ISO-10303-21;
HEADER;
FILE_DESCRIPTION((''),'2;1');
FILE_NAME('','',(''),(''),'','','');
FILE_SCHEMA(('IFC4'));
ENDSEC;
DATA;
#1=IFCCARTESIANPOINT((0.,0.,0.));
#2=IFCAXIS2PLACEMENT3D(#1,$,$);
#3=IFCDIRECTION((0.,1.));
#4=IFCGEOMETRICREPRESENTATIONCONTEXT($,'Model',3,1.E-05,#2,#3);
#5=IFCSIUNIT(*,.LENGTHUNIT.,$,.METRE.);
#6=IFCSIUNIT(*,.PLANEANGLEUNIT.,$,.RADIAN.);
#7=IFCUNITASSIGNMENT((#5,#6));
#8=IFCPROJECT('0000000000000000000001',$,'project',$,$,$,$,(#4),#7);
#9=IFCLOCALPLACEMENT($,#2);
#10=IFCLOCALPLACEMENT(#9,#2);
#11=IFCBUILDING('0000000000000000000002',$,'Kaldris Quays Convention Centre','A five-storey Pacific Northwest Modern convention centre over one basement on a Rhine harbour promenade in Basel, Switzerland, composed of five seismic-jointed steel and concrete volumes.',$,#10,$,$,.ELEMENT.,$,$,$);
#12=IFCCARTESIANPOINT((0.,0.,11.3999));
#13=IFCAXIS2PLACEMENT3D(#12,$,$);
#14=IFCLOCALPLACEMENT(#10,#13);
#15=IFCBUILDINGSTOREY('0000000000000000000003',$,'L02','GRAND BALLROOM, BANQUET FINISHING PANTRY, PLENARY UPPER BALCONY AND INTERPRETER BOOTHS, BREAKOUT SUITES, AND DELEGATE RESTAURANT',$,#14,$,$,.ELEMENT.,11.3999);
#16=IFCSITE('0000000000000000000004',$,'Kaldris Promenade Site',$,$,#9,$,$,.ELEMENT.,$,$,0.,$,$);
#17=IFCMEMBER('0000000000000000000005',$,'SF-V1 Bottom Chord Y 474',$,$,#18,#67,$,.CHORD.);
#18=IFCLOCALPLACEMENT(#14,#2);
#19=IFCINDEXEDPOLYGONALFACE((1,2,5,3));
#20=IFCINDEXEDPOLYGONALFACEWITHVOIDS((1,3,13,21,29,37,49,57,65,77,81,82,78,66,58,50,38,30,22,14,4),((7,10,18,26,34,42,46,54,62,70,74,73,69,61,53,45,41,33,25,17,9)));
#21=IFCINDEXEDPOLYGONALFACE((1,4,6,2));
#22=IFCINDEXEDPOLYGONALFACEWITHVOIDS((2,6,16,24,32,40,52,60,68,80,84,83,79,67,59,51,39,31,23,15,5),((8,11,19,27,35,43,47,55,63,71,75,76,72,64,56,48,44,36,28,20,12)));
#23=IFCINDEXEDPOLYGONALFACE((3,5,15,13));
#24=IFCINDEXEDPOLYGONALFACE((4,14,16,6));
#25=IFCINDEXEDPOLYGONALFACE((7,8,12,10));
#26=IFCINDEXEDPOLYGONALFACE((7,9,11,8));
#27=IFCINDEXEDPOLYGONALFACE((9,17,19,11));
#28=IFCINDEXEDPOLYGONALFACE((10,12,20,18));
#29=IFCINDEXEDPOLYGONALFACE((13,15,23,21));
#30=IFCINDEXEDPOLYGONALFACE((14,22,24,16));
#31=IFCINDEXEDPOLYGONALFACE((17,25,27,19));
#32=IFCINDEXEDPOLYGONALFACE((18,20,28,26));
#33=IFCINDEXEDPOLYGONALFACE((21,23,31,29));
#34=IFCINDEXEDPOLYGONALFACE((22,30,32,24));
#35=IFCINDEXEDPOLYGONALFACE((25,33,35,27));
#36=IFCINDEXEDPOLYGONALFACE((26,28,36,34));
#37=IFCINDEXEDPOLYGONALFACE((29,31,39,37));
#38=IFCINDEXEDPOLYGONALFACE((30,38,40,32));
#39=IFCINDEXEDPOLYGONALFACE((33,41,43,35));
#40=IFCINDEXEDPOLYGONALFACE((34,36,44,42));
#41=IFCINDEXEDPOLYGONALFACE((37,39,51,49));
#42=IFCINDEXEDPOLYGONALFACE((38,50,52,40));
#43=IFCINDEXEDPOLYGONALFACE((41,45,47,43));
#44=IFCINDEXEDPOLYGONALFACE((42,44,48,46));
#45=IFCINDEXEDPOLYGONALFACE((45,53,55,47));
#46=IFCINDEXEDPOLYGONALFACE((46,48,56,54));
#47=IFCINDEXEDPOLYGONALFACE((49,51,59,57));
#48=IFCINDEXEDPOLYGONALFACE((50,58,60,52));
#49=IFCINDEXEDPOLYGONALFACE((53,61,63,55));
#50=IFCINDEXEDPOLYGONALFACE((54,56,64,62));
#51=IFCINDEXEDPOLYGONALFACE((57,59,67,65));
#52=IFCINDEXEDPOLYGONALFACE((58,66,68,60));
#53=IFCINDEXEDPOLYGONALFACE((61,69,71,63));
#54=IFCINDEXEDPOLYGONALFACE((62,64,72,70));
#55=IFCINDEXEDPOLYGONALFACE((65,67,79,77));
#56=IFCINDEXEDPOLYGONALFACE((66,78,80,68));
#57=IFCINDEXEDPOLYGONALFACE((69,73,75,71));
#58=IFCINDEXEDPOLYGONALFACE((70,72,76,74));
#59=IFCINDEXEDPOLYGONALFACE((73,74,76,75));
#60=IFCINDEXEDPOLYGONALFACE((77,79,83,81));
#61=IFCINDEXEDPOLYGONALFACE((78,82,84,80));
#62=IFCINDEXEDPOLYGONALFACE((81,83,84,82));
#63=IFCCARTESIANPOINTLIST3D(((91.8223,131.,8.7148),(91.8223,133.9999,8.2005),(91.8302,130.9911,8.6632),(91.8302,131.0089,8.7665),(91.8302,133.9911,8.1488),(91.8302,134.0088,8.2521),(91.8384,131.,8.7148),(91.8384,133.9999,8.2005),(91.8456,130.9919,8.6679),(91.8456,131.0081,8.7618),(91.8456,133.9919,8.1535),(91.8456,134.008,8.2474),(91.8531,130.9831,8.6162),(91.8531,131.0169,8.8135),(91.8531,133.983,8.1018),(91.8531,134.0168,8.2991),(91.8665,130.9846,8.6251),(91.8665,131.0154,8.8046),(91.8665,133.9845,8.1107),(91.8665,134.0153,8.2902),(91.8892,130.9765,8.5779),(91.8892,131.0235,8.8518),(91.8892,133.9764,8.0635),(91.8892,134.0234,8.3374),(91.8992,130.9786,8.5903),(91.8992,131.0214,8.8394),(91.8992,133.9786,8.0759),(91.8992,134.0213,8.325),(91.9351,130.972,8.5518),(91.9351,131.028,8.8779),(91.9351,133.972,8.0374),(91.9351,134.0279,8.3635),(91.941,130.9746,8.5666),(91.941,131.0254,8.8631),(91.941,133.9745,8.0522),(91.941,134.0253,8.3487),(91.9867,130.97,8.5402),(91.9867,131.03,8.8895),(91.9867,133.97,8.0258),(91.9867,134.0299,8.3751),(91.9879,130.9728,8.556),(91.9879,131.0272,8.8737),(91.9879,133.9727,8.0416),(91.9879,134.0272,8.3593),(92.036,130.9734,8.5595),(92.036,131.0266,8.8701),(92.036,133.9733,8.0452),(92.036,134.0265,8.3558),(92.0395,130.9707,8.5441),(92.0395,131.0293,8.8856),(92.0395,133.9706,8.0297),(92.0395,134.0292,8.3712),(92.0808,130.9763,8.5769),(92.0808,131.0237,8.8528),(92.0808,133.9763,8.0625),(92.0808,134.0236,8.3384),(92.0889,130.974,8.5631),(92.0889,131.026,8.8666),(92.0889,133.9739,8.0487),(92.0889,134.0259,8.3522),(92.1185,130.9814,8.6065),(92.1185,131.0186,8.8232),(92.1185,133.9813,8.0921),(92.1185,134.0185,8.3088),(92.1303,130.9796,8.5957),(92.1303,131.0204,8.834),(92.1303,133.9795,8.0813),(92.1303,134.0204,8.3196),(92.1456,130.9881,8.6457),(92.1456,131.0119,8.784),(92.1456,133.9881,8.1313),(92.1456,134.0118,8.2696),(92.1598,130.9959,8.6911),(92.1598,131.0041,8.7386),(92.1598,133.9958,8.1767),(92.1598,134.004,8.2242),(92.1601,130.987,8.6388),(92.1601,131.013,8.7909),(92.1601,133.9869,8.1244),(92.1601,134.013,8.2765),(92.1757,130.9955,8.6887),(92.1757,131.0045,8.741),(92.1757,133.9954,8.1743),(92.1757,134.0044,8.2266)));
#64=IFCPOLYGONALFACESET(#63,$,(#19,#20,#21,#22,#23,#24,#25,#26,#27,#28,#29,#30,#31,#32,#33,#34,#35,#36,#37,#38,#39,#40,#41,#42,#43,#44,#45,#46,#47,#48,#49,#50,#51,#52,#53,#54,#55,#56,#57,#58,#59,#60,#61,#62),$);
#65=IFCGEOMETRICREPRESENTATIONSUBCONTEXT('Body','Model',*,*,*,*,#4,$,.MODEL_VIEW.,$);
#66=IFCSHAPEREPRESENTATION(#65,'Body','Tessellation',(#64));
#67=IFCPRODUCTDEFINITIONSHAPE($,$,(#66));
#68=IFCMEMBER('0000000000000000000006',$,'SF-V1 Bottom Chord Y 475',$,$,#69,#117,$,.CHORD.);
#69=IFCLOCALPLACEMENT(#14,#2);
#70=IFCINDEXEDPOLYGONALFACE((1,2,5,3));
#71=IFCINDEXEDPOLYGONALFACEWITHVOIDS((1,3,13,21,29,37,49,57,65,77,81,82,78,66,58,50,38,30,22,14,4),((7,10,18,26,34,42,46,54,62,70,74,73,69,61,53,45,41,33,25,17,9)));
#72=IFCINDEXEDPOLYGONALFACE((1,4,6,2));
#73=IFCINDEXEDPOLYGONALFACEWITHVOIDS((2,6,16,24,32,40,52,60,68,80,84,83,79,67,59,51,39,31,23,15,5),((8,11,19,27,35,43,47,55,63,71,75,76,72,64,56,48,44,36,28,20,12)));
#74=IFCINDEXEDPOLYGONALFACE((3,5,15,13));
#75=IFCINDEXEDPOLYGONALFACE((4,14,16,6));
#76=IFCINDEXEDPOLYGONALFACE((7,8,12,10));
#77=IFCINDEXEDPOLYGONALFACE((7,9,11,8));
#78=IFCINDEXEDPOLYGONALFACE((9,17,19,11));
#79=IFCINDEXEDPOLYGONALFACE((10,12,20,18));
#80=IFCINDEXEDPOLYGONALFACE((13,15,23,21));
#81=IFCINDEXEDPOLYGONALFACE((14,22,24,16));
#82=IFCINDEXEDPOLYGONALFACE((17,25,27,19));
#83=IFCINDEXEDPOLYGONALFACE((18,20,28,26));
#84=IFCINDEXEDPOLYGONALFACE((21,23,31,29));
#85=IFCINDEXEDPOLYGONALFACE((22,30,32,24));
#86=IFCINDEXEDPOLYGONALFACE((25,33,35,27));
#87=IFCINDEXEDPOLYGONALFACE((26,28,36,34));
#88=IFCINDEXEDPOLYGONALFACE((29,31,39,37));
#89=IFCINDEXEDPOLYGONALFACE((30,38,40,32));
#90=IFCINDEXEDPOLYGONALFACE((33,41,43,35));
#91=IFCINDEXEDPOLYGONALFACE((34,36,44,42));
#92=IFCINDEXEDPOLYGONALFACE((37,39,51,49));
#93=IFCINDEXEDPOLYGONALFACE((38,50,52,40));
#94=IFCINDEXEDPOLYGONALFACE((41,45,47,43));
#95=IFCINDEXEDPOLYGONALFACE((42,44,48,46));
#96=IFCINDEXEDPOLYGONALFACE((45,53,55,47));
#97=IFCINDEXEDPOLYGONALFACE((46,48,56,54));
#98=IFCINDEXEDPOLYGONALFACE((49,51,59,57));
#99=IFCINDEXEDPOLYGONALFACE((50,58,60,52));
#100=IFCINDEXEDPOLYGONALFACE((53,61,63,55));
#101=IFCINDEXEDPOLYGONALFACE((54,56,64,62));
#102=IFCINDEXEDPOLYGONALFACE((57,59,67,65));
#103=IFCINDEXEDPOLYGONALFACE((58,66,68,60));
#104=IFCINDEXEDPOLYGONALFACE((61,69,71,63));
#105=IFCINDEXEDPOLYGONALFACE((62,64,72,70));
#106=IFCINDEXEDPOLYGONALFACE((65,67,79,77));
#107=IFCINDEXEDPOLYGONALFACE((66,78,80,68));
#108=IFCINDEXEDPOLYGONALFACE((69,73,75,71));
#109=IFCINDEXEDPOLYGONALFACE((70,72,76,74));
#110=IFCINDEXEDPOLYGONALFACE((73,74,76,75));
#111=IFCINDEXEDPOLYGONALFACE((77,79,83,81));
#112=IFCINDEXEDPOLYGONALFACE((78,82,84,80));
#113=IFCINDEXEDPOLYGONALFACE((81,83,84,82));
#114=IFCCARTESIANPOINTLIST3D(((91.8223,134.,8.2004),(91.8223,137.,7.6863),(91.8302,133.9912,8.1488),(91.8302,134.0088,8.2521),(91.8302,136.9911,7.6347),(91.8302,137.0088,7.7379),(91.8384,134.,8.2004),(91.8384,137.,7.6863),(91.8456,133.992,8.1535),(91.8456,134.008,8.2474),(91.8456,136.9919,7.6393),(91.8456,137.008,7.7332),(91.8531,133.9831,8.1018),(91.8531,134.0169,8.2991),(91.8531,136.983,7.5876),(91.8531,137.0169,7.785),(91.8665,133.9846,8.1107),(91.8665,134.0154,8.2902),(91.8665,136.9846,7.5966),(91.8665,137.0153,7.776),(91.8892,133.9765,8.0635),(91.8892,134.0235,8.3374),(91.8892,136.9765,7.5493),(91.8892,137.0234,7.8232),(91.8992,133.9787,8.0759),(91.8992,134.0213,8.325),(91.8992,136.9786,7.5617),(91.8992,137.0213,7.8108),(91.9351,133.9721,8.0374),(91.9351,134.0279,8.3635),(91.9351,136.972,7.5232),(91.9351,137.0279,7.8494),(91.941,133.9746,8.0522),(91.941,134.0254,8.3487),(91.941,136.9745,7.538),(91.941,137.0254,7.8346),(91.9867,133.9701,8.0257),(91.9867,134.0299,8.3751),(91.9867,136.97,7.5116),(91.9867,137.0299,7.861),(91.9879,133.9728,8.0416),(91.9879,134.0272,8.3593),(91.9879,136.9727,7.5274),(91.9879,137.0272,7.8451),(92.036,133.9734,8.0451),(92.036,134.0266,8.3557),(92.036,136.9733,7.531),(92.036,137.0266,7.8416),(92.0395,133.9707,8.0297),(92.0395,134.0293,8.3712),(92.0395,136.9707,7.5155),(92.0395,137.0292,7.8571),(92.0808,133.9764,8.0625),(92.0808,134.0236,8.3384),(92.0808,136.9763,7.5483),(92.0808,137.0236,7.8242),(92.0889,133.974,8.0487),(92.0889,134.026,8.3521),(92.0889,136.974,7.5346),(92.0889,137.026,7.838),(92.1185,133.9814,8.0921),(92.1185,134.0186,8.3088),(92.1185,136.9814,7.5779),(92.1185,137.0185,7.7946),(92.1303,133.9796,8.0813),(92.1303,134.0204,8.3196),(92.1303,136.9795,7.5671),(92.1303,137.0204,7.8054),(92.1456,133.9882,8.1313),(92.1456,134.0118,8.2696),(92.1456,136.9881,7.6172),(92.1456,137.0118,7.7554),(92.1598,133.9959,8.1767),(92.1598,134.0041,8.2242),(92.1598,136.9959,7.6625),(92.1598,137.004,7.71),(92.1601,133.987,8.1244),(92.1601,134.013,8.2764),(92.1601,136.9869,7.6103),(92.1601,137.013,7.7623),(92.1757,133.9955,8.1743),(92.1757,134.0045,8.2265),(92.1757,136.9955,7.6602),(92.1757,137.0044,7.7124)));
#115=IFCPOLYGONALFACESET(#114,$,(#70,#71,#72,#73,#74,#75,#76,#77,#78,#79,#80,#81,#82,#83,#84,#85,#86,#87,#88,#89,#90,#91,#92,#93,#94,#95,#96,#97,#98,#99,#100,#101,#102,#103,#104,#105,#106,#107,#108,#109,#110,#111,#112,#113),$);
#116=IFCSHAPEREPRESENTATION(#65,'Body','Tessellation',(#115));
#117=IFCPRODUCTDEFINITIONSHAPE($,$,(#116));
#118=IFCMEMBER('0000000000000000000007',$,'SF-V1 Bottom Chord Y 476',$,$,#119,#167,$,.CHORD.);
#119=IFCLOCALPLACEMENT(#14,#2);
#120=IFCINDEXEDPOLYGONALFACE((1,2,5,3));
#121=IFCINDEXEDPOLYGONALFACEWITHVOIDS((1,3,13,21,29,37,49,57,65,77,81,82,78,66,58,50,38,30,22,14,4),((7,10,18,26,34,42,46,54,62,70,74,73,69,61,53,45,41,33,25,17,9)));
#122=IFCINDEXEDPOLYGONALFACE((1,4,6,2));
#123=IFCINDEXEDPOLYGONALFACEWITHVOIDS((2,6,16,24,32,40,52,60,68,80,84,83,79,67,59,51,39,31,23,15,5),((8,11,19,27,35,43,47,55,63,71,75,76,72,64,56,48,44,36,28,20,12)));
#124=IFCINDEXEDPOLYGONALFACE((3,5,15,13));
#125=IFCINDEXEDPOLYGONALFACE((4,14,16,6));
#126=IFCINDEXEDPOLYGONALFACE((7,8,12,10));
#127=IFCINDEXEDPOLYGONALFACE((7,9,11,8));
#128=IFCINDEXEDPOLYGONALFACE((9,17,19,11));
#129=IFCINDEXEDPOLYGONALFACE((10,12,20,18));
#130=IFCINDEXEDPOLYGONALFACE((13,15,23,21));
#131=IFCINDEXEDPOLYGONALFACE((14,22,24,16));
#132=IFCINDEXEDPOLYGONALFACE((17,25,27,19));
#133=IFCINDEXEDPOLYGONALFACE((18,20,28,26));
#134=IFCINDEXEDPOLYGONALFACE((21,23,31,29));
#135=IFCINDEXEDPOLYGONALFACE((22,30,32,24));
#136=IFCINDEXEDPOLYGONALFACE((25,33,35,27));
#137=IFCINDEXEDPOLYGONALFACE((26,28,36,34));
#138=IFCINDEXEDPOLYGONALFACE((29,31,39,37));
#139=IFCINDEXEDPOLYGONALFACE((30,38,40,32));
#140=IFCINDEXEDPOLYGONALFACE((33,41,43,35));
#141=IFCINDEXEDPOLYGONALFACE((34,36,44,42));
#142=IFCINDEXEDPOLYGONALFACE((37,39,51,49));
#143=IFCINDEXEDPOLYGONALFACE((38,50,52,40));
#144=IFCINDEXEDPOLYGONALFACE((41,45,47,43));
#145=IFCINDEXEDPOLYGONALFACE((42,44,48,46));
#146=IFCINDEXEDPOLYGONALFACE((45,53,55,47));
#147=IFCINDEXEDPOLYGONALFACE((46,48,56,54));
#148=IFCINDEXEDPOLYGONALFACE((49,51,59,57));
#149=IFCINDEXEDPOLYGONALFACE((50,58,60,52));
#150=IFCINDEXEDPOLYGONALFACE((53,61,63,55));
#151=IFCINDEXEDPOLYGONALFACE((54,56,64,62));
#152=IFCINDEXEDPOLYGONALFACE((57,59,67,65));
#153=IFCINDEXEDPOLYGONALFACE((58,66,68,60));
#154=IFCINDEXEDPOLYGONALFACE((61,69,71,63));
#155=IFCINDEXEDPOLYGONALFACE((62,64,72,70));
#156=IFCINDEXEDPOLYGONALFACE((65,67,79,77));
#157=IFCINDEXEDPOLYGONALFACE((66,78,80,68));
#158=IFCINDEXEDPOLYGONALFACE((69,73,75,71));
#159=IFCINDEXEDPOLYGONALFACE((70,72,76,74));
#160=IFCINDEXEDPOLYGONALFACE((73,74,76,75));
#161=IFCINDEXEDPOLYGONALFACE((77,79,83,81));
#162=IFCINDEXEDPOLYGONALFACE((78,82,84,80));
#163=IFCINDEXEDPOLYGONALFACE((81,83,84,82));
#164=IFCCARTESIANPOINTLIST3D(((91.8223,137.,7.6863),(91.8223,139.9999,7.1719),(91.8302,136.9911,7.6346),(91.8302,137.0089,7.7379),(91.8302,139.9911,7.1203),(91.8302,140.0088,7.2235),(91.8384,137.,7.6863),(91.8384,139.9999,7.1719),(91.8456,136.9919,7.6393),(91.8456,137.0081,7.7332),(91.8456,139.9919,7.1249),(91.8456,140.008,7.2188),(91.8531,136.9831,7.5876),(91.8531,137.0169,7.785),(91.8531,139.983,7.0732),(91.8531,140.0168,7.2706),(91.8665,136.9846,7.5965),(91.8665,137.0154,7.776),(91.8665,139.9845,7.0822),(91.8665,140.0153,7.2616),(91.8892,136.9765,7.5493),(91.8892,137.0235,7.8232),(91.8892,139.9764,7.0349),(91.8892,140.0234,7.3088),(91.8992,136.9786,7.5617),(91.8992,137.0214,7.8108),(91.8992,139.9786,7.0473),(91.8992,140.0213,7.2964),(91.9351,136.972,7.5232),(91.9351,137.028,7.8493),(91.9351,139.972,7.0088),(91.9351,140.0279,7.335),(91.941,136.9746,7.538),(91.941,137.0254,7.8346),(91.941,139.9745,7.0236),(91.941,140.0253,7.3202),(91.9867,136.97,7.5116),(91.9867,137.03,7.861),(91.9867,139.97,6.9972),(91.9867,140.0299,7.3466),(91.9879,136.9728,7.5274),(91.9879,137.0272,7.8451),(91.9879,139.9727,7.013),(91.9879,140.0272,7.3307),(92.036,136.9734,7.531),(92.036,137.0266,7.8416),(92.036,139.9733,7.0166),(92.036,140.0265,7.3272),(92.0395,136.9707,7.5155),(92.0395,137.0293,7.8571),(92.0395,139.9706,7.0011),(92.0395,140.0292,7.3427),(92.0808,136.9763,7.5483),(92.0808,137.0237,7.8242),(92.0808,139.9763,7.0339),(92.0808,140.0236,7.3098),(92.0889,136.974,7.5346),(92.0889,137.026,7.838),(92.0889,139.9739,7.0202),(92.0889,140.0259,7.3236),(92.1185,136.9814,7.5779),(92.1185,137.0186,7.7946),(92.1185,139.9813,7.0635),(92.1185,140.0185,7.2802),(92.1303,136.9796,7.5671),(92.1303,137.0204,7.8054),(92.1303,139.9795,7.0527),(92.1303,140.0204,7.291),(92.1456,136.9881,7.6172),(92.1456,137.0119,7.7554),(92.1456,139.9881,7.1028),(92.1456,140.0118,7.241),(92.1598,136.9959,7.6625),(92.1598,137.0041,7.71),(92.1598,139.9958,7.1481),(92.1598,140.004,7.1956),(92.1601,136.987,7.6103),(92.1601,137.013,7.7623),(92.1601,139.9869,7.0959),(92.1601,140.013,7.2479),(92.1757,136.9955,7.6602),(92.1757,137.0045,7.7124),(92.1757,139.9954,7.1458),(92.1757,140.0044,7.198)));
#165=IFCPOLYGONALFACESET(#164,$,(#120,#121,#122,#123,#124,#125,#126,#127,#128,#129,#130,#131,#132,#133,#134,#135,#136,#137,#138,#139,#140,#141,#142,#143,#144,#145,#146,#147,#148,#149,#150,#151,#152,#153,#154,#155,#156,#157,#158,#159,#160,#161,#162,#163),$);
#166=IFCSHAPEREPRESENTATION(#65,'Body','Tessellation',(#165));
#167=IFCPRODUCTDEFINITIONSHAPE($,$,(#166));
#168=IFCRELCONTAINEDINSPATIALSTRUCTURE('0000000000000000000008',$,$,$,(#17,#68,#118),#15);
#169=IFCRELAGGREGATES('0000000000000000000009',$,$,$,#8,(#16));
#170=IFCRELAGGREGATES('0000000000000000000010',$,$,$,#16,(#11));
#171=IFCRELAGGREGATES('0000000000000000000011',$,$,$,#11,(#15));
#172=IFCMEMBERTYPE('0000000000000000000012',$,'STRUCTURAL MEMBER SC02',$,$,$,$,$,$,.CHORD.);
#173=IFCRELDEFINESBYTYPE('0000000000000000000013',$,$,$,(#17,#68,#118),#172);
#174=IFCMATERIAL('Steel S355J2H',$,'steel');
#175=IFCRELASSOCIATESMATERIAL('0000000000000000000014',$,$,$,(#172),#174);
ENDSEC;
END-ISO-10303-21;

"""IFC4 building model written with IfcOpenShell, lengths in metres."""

from ifc_helpers import new_model, si_unit, direction, frame, origin, origin_2d, place, context, subcontext, project, spatial, hollow_circle, extrude, material, material_profile, profile_set, type_object, element, save


model = new_model("IFC4")

# Units and contexts
model_context = context("Model", 3, precision=1e-05, world=origin(), true_north=direction((0.0, 1.0)))
body_context = subcontext(model_context, "Body", "Model", "MODEL_VIEW")
ifc_project = project(units=[si_unit("LENGTHUNIT", "METRE"), si_unit("PLANEANGLEUNIT", "RADIAN")], contexts=[model_context])

# Site, building, storey
site_placement = place(None, origin())
site = spatial("IfcSite", under=ifc_project, at=site_placement, Name="Kaldris Promenade Site", CompositionType="ELEMENT", RefElevation=0.0)
building_placement = place(site_placement, origin())
building = spatial("IfcBuilding", under=site, at=building_placement, Name="Kaldris Quays Convention Centre", Description="A five-storey Pacific Northwest Modern convention centre over one basement on a Rhine harbour promenade in Basel, Switzerland, composed of five seismic-jointed steel and concrete volumes.", CompositionType="ELEMENT")
storey_placement = place(building_placement, frame((0.0, 0.0, 11.3999)))
storey = spatial("IfcBuildingStorey", under=building, at=storey_placement, Name="L02", Description="GRAND BALLROOM, BANQUET FINISHING PANTRY, PLENARY UPPER BALCONY AND INTERPRETER BOOTHS, BREAKOUT SUITES, AND DELEGATE RESTAURANT", CompositionType="ELEMENT", Elevation=11.3999)

# Members
ifc_material_1 = material(Name="Steel S355J2H", Category="steel")
ifc_material_profile_1 = material_profile(ifc_material_1, hollow_circle(Radius=0.1777, WallThickness=0.0161, at=origin_2d()), Name="CHS 355.6x16")
ifc_profile_set_1 = profile_set([ifc_material_profile_1], Name="Steel S355J2H")
member_type_1 = type_object("IfcMemberType", Name="STRUCTURAL MEMBER SC02", PredefinedType="CHORD", material=ifc_profile_set_1)
for number, where, z_axis, x_axis, name in (
    (1, (92.0, 131.0, 8.7148), (0.0, 0.985616, -0.169002), (-1.0, 0.0, 0.0), "SF-V1 Bottom Chord Y 474"),
    (2, (92.0, 134.0, 8.2004), (0.0, 0.985629, -0.168924), (-1.0, 0.0, 0.0), "SF-V1 Bottom Chord Y 475"),
    (3, (92.0, 137.0, 7.6863), (0.0, 0.985616, -0.169002), (-1.0, 0.0, 0.0), "SF-V1 Bottom Chord Y 476"),
):
    element("IfcMember", number, at=place(storey_placement, frame(where, z_axis=z_axis, x_axis=x_axis)), inside=storey, type_object=member_type_1, Name=name, PredefinedType="CHORD", context=body_context, shape_type="SweptSolid", body=[
        extrude(hollow_circle(Radius=0.1777, WallThickness=0.0161, at=origin_2d()), origin(), (0.0, 0.0, 1.0), 3.0437),
    ])

save(model, "model.ifc")
